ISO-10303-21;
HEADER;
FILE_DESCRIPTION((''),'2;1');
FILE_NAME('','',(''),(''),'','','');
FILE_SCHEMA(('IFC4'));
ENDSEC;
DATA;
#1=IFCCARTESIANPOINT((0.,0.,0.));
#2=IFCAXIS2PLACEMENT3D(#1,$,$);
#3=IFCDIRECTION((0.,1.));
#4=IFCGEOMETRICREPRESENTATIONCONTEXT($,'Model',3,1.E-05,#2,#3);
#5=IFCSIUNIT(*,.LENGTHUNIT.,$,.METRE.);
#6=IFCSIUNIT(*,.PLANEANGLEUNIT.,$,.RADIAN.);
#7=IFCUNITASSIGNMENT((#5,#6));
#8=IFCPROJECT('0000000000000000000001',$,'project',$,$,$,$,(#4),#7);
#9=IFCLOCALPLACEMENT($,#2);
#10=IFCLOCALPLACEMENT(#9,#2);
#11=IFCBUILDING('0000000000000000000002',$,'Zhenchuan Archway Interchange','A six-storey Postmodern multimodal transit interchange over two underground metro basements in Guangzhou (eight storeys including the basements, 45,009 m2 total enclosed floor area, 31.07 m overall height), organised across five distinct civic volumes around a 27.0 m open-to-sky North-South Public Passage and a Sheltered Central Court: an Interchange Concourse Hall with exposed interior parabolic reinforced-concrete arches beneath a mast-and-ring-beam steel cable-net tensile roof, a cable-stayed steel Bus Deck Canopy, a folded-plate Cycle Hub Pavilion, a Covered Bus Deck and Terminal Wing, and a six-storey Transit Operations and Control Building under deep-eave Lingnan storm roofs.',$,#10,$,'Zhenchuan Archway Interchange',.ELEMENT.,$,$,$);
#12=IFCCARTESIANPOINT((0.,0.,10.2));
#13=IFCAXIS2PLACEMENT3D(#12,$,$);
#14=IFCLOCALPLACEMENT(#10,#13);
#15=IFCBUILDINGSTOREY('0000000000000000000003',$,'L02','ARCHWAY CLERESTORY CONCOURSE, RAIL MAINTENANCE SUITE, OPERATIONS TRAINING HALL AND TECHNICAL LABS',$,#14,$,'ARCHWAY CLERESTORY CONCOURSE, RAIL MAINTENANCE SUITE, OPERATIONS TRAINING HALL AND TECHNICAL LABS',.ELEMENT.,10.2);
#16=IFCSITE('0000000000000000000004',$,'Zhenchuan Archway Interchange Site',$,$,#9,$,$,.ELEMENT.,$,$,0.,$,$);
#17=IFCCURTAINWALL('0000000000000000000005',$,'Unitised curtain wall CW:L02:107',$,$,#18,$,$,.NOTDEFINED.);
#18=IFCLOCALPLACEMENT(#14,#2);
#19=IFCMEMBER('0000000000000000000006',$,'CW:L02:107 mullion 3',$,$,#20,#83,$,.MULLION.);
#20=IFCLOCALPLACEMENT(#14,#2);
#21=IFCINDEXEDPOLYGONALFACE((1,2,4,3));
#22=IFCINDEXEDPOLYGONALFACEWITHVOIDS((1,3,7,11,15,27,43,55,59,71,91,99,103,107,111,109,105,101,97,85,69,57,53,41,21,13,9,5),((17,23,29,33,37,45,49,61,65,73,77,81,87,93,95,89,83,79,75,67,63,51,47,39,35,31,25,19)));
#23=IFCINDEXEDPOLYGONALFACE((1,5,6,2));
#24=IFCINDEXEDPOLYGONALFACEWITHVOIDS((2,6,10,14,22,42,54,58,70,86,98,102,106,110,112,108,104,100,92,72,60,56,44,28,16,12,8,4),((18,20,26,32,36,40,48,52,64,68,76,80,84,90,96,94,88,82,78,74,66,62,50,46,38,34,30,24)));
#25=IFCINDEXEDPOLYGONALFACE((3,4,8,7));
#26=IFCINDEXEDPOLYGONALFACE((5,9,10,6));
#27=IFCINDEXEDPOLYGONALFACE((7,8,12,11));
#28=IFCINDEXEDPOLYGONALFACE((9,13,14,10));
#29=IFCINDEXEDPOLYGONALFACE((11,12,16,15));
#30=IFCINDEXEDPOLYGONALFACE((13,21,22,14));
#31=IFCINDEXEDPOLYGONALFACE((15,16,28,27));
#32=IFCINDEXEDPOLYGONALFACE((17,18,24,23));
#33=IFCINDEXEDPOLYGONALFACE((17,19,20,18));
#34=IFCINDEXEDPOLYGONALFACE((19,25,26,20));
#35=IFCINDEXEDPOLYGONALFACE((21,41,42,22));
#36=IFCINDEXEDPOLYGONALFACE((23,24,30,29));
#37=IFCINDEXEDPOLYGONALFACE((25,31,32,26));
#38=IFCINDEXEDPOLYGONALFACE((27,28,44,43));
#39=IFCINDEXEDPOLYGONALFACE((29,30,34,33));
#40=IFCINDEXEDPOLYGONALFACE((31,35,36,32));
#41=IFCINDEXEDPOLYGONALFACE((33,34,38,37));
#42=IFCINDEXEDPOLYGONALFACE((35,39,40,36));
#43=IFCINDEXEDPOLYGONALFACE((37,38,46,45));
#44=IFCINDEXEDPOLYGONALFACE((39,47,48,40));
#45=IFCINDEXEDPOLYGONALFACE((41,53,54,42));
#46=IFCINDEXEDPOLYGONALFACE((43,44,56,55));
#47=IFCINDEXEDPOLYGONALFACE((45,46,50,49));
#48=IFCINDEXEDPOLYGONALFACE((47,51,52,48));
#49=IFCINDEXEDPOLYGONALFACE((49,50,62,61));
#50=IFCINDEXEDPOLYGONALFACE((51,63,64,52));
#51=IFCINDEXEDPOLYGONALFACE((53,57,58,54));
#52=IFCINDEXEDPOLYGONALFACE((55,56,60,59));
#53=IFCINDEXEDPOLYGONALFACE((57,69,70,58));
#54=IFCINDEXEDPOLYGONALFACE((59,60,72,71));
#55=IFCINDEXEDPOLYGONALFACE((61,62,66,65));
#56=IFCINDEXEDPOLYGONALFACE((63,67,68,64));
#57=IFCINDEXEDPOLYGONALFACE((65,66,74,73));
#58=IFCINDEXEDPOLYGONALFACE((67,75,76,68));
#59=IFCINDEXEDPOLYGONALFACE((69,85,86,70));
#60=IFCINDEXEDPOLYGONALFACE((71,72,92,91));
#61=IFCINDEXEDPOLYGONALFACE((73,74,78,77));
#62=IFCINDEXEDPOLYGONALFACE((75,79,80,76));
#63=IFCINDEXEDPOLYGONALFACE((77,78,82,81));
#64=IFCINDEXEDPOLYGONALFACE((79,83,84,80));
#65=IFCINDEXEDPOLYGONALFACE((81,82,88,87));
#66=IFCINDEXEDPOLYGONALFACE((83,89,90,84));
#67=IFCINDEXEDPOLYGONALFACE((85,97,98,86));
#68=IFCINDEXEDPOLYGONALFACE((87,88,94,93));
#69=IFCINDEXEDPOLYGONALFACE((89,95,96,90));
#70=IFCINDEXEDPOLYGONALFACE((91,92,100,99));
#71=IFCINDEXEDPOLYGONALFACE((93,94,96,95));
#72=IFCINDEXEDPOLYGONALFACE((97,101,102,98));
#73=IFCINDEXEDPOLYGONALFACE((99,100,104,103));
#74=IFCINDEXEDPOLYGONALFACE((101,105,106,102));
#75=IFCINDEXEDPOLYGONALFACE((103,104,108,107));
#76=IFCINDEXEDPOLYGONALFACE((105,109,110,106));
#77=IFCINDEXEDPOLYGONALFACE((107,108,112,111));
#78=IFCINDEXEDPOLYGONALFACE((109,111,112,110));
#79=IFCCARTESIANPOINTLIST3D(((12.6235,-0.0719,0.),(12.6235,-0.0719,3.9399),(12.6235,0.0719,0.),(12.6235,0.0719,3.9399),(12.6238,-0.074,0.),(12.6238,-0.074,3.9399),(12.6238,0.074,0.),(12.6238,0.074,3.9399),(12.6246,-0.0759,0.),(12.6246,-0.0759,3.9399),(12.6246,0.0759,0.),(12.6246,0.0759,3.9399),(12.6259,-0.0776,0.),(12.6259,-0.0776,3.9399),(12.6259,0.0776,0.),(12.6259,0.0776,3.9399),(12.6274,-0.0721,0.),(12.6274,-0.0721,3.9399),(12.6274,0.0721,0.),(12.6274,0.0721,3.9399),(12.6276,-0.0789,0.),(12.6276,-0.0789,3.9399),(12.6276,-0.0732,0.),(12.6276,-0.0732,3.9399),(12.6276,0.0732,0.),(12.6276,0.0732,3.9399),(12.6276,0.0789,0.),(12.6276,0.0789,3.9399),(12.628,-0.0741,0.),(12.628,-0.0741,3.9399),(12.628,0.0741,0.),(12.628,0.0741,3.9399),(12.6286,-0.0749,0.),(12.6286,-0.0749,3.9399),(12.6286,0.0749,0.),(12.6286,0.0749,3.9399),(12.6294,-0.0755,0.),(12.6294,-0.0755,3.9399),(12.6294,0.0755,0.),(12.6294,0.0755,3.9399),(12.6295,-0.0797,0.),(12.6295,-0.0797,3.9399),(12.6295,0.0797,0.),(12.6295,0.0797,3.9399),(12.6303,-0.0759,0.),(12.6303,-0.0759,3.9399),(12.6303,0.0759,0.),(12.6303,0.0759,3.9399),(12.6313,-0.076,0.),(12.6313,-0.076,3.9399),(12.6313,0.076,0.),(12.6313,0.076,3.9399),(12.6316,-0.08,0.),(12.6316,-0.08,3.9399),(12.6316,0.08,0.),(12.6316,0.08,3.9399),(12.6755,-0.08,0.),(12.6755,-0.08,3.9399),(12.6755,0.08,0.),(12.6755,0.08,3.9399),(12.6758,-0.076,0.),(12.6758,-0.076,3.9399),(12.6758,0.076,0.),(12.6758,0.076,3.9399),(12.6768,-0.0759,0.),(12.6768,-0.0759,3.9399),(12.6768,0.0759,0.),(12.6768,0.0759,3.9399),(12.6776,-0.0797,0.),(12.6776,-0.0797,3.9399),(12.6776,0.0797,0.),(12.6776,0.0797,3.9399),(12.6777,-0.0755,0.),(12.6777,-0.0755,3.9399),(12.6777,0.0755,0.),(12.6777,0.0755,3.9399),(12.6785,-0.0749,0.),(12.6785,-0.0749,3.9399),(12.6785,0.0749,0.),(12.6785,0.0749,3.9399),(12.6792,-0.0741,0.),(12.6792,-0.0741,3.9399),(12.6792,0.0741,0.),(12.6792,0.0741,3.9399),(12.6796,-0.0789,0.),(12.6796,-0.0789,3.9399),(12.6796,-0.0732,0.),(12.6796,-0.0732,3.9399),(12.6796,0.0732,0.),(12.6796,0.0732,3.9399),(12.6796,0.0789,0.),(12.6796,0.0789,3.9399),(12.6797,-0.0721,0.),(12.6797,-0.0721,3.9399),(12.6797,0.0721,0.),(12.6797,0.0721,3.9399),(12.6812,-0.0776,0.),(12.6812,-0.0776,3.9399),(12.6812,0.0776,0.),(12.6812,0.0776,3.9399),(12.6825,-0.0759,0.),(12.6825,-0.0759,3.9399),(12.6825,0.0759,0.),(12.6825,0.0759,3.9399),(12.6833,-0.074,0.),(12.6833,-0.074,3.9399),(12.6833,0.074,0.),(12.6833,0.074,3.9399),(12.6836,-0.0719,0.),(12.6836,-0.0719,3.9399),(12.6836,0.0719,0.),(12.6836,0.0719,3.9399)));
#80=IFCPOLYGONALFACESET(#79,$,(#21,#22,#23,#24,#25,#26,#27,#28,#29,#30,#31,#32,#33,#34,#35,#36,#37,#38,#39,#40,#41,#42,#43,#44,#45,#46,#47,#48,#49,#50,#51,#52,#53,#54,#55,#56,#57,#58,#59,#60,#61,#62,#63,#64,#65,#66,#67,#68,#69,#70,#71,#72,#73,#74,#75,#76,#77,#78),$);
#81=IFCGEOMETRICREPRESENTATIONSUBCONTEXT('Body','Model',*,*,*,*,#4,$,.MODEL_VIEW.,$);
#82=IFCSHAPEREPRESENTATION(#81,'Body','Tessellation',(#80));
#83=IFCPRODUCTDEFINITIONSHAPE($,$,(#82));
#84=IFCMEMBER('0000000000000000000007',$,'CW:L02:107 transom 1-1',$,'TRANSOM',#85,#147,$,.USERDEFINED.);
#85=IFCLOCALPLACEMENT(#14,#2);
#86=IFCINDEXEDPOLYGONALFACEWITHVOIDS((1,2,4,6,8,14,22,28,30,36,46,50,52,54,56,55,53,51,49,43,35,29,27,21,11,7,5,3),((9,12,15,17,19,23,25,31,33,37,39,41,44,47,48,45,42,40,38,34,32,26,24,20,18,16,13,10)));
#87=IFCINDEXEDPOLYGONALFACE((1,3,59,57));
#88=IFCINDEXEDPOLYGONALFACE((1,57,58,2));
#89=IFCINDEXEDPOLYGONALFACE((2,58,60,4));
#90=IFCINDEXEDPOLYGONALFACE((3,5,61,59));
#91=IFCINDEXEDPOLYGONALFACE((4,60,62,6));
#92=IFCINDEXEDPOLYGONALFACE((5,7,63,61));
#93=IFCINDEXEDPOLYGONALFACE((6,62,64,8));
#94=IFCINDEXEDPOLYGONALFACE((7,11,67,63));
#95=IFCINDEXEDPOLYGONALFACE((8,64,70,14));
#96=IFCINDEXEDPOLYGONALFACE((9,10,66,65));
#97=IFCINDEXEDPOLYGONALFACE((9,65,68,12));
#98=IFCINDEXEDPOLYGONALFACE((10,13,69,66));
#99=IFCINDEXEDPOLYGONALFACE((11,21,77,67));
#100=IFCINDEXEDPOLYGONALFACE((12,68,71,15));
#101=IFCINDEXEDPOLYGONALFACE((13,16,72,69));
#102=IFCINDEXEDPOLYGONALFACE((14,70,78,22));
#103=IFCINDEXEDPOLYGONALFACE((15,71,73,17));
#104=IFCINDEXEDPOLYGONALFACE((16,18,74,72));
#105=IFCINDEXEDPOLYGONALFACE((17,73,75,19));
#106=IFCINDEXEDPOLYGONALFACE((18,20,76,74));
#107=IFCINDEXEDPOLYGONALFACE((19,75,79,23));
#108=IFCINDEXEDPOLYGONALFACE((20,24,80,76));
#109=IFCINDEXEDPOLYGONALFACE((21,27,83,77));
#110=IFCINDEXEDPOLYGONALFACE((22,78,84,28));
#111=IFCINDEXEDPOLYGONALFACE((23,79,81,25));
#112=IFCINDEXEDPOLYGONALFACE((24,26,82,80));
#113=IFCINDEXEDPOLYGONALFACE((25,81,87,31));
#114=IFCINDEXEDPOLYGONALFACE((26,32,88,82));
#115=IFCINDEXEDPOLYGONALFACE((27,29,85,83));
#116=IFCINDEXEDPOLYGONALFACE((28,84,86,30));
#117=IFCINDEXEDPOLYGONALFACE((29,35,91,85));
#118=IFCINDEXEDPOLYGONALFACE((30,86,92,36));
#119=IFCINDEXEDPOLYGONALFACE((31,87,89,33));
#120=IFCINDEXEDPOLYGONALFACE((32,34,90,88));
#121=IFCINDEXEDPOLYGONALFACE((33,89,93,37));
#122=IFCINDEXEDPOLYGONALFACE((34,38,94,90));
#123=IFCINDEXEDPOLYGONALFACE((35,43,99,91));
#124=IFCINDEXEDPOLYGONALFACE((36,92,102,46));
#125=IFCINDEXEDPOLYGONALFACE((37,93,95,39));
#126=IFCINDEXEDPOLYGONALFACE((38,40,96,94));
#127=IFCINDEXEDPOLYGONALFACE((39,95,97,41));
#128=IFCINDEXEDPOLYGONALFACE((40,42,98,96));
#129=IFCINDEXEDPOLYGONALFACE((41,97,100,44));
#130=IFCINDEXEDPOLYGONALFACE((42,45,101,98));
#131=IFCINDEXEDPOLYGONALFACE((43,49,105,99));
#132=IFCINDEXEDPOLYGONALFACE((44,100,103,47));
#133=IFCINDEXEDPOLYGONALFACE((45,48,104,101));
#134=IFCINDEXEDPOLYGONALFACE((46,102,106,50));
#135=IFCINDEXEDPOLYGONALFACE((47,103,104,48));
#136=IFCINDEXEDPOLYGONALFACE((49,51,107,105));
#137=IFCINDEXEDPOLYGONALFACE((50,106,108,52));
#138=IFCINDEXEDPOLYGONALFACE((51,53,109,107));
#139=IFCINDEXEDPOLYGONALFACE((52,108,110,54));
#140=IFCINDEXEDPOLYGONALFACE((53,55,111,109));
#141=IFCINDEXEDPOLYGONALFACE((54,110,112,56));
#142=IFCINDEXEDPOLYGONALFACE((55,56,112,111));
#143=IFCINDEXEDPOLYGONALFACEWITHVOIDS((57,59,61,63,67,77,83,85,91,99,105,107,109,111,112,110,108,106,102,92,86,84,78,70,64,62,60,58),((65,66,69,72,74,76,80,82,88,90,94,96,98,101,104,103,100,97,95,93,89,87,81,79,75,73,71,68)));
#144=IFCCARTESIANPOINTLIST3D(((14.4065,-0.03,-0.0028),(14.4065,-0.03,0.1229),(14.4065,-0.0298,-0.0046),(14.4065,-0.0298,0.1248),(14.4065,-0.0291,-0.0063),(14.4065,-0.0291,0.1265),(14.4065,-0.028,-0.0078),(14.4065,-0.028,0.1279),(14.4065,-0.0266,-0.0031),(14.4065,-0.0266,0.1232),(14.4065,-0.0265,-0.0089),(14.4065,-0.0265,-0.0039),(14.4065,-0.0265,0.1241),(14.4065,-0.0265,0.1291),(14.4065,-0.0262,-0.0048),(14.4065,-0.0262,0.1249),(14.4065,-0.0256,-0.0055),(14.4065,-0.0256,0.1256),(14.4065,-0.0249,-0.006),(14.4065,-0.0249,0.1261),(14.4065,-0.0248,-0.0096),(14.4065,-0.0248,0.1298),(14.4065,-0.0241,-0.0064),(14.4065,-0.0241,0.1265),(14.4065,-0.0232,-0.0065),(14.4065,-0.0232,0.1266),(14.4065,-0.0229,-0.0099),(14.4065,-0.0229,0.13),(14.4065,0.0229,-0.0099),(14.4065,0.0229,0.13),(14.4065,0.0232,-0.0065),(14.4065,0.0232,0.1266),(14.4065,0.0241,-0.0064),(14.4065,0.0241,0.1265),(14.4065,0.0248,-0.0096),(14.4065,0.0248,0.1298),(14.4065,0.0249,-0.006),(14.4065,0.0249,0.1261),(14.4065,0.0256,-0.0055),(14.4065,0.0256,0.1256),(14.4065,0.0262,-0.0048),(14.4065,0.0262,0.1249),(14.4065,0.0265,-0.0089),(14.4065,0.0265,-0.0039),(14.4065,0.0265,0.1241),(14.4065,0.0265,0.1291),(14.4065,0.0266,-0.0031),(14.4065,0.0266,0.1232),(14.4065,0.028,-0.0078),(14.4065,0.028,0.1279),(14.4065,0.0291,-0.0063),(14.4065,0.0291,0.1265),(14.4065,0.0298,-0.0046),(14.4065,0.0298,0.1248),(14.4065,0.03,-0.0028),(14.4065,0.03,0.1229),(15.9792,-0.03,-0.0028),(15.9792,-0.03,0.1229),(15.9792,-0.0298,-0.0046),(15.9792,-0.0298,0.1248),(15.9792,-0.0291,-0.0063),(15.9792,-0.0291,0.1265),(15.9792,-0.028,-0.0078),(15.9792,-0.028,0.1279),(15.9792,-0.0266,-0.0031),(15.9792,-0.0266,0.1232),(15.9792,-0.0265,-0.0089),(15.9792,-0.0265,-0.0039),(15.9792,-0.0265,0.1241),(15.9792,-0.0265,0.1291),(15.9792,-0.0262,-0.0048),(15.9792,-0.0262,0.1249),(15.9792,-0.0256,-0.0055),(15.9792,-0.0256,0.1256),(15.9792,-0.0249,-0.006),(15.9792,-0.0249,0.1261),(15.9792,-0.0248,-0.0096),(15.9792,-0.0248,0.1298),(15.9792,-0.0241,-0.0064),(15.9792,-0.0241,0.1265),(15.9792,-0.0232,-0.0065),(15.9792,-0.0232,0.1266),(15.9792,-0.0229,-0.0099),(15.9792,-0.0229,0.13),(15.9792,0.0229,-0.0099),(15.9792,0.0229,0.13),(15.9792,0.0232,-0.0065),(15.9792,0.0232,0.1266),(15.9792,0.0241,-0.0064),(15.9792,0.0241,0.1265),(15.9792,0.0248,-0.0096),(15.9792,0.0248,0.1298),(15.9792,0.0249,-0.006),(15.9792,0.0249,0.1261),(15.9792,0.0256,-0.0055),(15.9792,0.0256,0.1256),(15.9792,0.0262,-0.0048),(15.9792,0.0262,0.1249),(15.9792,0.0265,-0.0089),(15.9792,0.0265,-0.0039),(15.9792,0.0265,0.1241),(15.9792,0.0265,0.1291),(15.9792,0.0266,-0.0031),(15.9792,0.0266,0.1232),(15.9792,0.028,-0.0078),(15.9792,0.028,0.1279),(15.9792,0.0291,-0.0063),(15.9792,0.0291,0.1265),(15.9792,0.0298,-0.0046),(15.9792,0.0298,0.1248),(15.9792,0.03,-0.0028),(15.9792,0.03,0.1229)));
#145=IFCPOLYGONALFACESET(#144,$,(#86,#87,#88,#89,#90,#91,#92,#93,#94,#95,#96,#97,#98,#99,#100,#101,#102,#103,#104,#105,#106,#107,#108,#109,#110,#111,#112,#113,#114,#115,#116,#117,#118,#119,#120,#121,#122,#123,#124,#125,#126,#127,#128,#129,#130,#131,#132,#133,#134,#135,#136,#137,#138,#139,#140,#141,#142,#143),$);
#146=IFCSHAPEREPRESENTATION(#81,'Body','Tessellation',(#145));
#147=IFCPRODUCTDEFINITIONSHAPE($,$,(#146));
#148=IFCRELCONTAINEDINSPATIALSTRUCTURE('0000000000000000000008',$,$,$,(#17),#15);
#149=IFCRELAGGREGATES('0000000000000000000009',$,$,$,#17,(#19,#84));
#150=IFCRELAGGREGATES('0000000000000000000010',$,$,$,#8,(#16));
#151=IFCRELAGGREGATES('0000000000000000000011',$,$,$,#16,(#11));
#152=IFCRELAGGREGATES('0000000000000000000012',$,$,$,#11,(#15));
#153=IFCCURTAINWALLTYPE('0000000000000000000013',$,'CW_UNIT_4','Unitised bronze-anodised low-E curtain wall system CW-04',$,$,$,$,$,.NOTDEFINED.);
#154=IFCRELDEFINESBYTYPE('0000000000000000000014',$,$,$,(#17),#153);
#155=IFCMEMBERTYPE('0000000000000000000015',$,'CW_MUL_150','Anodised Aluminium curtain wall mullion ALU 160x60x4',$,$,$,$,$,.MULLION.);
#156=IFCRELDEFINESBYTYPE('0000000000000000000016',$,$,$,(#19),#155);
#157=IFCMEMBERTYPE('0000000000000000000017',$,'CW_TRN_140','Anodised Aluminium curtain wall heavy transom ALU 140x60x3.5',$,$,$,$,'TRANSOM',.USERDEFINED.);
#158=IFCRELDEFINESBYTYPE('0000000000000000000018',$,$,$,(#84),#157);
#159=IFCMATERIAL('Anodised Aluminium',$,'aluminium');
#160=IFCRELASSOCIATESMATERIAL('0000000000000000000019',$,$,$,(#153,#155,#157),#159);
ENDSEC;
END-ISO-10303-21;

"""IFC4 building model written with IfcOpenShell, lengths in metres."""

from ifc_helpers import new_model, si_unit, direction, frame, origin, origin_2d, place, context, subcontext, project, spatial, hollow_rectangle, extrude, material, material_profile, profile_set, type_object, element, aggregate, save


model = new_model("IFC4")

# Units and contexts
model_context = context("Model", 3, precision=1e-05, world=origin(), true_north=direction((0.0, 1.0)))
body_context = subcontext(model_context, "Body", "Model", "MODEL_VIEW")
ifc_project = project(units=[si_unit("LENGTHUNIT", "METRE"), si_unit("PLANEANGLEUNIT", "RADIAN")], contexts=[model_context])

# Site, building, storey
site_placement = place(None, origin())
site = spatial("IfcSite", under=ifc_project, at=site_placement, Name="Zhenchuan Archway Interchange Site", CompositionType="ELEMENT", RefElevation=0.0)
building_placement = place(site_placement, origin())
building = spatial("IfcBuilding", under=site, at=building_placement, Name="Zhenchuan Archway Interchange", Description="A six-storey Postmodern multimodal transit interchange over two underground metro basements in Guangzhou (eight storeys including the basements, 45,009 m2 total enclosed floor area, 31.07 m overall height), organised across five distinct civic volumes around a 27.0 m open-to-sky North-South Public Passage and a Sheltered Central Court: an Interchange Concourse Hall with exposed interior parabolic reinforced-concrete arches beneath a mast-and-ring-beam steel cable-net tensile roof, a cable-stayed steel Bus Deck Canopy, a folded-plate Cycle Hub Pavilion, a Covered Bus Deck and Terminal Wing, and a six-storey Transit Operations and Control Building under deep-eave Lingnan storm roofs.", LongName="Zhenchuan Archway Interchange", CompositionType="ELEMENT")
storey_placement = place(building_placement, frame((0.0, 0.0, 10.2)))
storey = spatial("IfcBuildingStorey", under=building, at=storey_placement, Name="L02", Description="ARCHWAY CLERESTORY CONCOURSE, RAIL MAINTENANCE SUITE, OPERATIONS TRAINING HALL AND TECHNICAL LABS", LongName="ARCHWAY CLERESTORY CONCOURSE, RAIL MAINTENANCE SUITE, OPERATIONS TRAINING HALL AND TECHNICAL LABS", CompositionType="ELEMENT", Elevation=10.2)

# Curtain wall, members
ifc_material_1 = material(Name="Anodised Aluminium", Category="aluminium")
curtain_wall_type = type_object("IfcCurtainWallType", Name="CW_UNIT_4", Description="Unitised bronze-anodised low-E curtain wall system CW-04", PredefinedType="NOTDEFINED", material=ifc_material_1)
curtain_wall_placement = place(storey_placement, origin())
curtain_wall = element("IfcCurtainWall", 1, at=curtain_wall_placement, inside=storey, type_object=curtain_wall_type, Name="Unitised curtain wall CW:L02:107", PredefinedType="NOTDEFINED")
ifc_material_profile_1 = material_profile(ifc_material_1, hollow_rectangle(XDim=0.0601, YDim=0.1599, WallThickness=0.0039, InnerFilletRadius=0.0039, OuterFilletRadius=0.0081, at=origin_2d()), Name="ALU 160x60x4")
ifc_profile_set_1 = profile_set([ifc_material_profile_1], Name="Anodised Aluminium")
member_type_1 = type_object("IfcMemberType", Name="CW_MUL_150", Description="Anodised Aluminium curtain wall mullion ALU 160x60x4", PredefinedType="MULLION", material=ifc_profile_set_1)
member_1_placement = place(storey_placement, frame((12.6536, 0.0, 0.0), z_axis=(0.0, 0.0, 1.0), x_axis=(1.0, 0.0, 0.0)))
member_1 = element("IfcMember", 2, at=member_1_placement, type_object=member_type_1, Name="CW:L02:107 mullion 3", PredefinedType="MULLION", context=body_context, shape_type="SweptSolid", body=[
    extrude(hollow_rectangle(XDim=0.0601, YDim=0.1599, WallThickness=0.0039, InnerFilletRadius=0.0039, OuterFilletRadius=0.0081, at=origin_2d()), origin(), (0.0, 0.0, 1.0), 3.9399),
])
ifc_material_profile_2 = material_profile(ifc_material_1, hollow_rectangle(XDim=0.0601, YDim=0.1399, WallThickness=0.0034, InnerFilletRadius=0.0034, OuterFilletRadius=0.0071, at=origin_2d()), Name="ALU 140x60x3.5")
ifc_profile_set_2 = profile_set([ifc_material_profile_2], Name="Anodised Aluminium")
member_type_2 = type_object("IfcMemberType", Name="CW_TRN_140", Description="Anodised Aluminium curtain wall heavy transom ALU 140x60x3.5", ElementType="TRANSOM", PredefinedType="USERDEFINED", material=ifc_profile_set_2)
member_2_placement = place(storey_placement, frame((15.9792, 0.0, 0.0601), z_axis=(-1.0, 0.0, 0.0), x_axis=(0.0, -1.0, 0.0)))
member_2 = element("IfcMember", 3, at=member_2_placement, type_object=member_type_2, Name="CW:L02:107 transom 1-1", ObjectType="TRANSOM", PredefinedType="USERDEFINED", context=body_context, shape_type="SweptSolid", body=[
    extrude(hollow_rectangle(XDim=0.0601, YDim=0.1399, WallThickness=0.0034, InnerFilletRadius=0.0034, OuterFilletRadius=0.0071, at=origin_2d()), origin(), (0.0, 0.0, 1.0), 1.5728),
])

aggregate(curtain_wall, [member_1, member_2])

save(model, "model.ifc")
